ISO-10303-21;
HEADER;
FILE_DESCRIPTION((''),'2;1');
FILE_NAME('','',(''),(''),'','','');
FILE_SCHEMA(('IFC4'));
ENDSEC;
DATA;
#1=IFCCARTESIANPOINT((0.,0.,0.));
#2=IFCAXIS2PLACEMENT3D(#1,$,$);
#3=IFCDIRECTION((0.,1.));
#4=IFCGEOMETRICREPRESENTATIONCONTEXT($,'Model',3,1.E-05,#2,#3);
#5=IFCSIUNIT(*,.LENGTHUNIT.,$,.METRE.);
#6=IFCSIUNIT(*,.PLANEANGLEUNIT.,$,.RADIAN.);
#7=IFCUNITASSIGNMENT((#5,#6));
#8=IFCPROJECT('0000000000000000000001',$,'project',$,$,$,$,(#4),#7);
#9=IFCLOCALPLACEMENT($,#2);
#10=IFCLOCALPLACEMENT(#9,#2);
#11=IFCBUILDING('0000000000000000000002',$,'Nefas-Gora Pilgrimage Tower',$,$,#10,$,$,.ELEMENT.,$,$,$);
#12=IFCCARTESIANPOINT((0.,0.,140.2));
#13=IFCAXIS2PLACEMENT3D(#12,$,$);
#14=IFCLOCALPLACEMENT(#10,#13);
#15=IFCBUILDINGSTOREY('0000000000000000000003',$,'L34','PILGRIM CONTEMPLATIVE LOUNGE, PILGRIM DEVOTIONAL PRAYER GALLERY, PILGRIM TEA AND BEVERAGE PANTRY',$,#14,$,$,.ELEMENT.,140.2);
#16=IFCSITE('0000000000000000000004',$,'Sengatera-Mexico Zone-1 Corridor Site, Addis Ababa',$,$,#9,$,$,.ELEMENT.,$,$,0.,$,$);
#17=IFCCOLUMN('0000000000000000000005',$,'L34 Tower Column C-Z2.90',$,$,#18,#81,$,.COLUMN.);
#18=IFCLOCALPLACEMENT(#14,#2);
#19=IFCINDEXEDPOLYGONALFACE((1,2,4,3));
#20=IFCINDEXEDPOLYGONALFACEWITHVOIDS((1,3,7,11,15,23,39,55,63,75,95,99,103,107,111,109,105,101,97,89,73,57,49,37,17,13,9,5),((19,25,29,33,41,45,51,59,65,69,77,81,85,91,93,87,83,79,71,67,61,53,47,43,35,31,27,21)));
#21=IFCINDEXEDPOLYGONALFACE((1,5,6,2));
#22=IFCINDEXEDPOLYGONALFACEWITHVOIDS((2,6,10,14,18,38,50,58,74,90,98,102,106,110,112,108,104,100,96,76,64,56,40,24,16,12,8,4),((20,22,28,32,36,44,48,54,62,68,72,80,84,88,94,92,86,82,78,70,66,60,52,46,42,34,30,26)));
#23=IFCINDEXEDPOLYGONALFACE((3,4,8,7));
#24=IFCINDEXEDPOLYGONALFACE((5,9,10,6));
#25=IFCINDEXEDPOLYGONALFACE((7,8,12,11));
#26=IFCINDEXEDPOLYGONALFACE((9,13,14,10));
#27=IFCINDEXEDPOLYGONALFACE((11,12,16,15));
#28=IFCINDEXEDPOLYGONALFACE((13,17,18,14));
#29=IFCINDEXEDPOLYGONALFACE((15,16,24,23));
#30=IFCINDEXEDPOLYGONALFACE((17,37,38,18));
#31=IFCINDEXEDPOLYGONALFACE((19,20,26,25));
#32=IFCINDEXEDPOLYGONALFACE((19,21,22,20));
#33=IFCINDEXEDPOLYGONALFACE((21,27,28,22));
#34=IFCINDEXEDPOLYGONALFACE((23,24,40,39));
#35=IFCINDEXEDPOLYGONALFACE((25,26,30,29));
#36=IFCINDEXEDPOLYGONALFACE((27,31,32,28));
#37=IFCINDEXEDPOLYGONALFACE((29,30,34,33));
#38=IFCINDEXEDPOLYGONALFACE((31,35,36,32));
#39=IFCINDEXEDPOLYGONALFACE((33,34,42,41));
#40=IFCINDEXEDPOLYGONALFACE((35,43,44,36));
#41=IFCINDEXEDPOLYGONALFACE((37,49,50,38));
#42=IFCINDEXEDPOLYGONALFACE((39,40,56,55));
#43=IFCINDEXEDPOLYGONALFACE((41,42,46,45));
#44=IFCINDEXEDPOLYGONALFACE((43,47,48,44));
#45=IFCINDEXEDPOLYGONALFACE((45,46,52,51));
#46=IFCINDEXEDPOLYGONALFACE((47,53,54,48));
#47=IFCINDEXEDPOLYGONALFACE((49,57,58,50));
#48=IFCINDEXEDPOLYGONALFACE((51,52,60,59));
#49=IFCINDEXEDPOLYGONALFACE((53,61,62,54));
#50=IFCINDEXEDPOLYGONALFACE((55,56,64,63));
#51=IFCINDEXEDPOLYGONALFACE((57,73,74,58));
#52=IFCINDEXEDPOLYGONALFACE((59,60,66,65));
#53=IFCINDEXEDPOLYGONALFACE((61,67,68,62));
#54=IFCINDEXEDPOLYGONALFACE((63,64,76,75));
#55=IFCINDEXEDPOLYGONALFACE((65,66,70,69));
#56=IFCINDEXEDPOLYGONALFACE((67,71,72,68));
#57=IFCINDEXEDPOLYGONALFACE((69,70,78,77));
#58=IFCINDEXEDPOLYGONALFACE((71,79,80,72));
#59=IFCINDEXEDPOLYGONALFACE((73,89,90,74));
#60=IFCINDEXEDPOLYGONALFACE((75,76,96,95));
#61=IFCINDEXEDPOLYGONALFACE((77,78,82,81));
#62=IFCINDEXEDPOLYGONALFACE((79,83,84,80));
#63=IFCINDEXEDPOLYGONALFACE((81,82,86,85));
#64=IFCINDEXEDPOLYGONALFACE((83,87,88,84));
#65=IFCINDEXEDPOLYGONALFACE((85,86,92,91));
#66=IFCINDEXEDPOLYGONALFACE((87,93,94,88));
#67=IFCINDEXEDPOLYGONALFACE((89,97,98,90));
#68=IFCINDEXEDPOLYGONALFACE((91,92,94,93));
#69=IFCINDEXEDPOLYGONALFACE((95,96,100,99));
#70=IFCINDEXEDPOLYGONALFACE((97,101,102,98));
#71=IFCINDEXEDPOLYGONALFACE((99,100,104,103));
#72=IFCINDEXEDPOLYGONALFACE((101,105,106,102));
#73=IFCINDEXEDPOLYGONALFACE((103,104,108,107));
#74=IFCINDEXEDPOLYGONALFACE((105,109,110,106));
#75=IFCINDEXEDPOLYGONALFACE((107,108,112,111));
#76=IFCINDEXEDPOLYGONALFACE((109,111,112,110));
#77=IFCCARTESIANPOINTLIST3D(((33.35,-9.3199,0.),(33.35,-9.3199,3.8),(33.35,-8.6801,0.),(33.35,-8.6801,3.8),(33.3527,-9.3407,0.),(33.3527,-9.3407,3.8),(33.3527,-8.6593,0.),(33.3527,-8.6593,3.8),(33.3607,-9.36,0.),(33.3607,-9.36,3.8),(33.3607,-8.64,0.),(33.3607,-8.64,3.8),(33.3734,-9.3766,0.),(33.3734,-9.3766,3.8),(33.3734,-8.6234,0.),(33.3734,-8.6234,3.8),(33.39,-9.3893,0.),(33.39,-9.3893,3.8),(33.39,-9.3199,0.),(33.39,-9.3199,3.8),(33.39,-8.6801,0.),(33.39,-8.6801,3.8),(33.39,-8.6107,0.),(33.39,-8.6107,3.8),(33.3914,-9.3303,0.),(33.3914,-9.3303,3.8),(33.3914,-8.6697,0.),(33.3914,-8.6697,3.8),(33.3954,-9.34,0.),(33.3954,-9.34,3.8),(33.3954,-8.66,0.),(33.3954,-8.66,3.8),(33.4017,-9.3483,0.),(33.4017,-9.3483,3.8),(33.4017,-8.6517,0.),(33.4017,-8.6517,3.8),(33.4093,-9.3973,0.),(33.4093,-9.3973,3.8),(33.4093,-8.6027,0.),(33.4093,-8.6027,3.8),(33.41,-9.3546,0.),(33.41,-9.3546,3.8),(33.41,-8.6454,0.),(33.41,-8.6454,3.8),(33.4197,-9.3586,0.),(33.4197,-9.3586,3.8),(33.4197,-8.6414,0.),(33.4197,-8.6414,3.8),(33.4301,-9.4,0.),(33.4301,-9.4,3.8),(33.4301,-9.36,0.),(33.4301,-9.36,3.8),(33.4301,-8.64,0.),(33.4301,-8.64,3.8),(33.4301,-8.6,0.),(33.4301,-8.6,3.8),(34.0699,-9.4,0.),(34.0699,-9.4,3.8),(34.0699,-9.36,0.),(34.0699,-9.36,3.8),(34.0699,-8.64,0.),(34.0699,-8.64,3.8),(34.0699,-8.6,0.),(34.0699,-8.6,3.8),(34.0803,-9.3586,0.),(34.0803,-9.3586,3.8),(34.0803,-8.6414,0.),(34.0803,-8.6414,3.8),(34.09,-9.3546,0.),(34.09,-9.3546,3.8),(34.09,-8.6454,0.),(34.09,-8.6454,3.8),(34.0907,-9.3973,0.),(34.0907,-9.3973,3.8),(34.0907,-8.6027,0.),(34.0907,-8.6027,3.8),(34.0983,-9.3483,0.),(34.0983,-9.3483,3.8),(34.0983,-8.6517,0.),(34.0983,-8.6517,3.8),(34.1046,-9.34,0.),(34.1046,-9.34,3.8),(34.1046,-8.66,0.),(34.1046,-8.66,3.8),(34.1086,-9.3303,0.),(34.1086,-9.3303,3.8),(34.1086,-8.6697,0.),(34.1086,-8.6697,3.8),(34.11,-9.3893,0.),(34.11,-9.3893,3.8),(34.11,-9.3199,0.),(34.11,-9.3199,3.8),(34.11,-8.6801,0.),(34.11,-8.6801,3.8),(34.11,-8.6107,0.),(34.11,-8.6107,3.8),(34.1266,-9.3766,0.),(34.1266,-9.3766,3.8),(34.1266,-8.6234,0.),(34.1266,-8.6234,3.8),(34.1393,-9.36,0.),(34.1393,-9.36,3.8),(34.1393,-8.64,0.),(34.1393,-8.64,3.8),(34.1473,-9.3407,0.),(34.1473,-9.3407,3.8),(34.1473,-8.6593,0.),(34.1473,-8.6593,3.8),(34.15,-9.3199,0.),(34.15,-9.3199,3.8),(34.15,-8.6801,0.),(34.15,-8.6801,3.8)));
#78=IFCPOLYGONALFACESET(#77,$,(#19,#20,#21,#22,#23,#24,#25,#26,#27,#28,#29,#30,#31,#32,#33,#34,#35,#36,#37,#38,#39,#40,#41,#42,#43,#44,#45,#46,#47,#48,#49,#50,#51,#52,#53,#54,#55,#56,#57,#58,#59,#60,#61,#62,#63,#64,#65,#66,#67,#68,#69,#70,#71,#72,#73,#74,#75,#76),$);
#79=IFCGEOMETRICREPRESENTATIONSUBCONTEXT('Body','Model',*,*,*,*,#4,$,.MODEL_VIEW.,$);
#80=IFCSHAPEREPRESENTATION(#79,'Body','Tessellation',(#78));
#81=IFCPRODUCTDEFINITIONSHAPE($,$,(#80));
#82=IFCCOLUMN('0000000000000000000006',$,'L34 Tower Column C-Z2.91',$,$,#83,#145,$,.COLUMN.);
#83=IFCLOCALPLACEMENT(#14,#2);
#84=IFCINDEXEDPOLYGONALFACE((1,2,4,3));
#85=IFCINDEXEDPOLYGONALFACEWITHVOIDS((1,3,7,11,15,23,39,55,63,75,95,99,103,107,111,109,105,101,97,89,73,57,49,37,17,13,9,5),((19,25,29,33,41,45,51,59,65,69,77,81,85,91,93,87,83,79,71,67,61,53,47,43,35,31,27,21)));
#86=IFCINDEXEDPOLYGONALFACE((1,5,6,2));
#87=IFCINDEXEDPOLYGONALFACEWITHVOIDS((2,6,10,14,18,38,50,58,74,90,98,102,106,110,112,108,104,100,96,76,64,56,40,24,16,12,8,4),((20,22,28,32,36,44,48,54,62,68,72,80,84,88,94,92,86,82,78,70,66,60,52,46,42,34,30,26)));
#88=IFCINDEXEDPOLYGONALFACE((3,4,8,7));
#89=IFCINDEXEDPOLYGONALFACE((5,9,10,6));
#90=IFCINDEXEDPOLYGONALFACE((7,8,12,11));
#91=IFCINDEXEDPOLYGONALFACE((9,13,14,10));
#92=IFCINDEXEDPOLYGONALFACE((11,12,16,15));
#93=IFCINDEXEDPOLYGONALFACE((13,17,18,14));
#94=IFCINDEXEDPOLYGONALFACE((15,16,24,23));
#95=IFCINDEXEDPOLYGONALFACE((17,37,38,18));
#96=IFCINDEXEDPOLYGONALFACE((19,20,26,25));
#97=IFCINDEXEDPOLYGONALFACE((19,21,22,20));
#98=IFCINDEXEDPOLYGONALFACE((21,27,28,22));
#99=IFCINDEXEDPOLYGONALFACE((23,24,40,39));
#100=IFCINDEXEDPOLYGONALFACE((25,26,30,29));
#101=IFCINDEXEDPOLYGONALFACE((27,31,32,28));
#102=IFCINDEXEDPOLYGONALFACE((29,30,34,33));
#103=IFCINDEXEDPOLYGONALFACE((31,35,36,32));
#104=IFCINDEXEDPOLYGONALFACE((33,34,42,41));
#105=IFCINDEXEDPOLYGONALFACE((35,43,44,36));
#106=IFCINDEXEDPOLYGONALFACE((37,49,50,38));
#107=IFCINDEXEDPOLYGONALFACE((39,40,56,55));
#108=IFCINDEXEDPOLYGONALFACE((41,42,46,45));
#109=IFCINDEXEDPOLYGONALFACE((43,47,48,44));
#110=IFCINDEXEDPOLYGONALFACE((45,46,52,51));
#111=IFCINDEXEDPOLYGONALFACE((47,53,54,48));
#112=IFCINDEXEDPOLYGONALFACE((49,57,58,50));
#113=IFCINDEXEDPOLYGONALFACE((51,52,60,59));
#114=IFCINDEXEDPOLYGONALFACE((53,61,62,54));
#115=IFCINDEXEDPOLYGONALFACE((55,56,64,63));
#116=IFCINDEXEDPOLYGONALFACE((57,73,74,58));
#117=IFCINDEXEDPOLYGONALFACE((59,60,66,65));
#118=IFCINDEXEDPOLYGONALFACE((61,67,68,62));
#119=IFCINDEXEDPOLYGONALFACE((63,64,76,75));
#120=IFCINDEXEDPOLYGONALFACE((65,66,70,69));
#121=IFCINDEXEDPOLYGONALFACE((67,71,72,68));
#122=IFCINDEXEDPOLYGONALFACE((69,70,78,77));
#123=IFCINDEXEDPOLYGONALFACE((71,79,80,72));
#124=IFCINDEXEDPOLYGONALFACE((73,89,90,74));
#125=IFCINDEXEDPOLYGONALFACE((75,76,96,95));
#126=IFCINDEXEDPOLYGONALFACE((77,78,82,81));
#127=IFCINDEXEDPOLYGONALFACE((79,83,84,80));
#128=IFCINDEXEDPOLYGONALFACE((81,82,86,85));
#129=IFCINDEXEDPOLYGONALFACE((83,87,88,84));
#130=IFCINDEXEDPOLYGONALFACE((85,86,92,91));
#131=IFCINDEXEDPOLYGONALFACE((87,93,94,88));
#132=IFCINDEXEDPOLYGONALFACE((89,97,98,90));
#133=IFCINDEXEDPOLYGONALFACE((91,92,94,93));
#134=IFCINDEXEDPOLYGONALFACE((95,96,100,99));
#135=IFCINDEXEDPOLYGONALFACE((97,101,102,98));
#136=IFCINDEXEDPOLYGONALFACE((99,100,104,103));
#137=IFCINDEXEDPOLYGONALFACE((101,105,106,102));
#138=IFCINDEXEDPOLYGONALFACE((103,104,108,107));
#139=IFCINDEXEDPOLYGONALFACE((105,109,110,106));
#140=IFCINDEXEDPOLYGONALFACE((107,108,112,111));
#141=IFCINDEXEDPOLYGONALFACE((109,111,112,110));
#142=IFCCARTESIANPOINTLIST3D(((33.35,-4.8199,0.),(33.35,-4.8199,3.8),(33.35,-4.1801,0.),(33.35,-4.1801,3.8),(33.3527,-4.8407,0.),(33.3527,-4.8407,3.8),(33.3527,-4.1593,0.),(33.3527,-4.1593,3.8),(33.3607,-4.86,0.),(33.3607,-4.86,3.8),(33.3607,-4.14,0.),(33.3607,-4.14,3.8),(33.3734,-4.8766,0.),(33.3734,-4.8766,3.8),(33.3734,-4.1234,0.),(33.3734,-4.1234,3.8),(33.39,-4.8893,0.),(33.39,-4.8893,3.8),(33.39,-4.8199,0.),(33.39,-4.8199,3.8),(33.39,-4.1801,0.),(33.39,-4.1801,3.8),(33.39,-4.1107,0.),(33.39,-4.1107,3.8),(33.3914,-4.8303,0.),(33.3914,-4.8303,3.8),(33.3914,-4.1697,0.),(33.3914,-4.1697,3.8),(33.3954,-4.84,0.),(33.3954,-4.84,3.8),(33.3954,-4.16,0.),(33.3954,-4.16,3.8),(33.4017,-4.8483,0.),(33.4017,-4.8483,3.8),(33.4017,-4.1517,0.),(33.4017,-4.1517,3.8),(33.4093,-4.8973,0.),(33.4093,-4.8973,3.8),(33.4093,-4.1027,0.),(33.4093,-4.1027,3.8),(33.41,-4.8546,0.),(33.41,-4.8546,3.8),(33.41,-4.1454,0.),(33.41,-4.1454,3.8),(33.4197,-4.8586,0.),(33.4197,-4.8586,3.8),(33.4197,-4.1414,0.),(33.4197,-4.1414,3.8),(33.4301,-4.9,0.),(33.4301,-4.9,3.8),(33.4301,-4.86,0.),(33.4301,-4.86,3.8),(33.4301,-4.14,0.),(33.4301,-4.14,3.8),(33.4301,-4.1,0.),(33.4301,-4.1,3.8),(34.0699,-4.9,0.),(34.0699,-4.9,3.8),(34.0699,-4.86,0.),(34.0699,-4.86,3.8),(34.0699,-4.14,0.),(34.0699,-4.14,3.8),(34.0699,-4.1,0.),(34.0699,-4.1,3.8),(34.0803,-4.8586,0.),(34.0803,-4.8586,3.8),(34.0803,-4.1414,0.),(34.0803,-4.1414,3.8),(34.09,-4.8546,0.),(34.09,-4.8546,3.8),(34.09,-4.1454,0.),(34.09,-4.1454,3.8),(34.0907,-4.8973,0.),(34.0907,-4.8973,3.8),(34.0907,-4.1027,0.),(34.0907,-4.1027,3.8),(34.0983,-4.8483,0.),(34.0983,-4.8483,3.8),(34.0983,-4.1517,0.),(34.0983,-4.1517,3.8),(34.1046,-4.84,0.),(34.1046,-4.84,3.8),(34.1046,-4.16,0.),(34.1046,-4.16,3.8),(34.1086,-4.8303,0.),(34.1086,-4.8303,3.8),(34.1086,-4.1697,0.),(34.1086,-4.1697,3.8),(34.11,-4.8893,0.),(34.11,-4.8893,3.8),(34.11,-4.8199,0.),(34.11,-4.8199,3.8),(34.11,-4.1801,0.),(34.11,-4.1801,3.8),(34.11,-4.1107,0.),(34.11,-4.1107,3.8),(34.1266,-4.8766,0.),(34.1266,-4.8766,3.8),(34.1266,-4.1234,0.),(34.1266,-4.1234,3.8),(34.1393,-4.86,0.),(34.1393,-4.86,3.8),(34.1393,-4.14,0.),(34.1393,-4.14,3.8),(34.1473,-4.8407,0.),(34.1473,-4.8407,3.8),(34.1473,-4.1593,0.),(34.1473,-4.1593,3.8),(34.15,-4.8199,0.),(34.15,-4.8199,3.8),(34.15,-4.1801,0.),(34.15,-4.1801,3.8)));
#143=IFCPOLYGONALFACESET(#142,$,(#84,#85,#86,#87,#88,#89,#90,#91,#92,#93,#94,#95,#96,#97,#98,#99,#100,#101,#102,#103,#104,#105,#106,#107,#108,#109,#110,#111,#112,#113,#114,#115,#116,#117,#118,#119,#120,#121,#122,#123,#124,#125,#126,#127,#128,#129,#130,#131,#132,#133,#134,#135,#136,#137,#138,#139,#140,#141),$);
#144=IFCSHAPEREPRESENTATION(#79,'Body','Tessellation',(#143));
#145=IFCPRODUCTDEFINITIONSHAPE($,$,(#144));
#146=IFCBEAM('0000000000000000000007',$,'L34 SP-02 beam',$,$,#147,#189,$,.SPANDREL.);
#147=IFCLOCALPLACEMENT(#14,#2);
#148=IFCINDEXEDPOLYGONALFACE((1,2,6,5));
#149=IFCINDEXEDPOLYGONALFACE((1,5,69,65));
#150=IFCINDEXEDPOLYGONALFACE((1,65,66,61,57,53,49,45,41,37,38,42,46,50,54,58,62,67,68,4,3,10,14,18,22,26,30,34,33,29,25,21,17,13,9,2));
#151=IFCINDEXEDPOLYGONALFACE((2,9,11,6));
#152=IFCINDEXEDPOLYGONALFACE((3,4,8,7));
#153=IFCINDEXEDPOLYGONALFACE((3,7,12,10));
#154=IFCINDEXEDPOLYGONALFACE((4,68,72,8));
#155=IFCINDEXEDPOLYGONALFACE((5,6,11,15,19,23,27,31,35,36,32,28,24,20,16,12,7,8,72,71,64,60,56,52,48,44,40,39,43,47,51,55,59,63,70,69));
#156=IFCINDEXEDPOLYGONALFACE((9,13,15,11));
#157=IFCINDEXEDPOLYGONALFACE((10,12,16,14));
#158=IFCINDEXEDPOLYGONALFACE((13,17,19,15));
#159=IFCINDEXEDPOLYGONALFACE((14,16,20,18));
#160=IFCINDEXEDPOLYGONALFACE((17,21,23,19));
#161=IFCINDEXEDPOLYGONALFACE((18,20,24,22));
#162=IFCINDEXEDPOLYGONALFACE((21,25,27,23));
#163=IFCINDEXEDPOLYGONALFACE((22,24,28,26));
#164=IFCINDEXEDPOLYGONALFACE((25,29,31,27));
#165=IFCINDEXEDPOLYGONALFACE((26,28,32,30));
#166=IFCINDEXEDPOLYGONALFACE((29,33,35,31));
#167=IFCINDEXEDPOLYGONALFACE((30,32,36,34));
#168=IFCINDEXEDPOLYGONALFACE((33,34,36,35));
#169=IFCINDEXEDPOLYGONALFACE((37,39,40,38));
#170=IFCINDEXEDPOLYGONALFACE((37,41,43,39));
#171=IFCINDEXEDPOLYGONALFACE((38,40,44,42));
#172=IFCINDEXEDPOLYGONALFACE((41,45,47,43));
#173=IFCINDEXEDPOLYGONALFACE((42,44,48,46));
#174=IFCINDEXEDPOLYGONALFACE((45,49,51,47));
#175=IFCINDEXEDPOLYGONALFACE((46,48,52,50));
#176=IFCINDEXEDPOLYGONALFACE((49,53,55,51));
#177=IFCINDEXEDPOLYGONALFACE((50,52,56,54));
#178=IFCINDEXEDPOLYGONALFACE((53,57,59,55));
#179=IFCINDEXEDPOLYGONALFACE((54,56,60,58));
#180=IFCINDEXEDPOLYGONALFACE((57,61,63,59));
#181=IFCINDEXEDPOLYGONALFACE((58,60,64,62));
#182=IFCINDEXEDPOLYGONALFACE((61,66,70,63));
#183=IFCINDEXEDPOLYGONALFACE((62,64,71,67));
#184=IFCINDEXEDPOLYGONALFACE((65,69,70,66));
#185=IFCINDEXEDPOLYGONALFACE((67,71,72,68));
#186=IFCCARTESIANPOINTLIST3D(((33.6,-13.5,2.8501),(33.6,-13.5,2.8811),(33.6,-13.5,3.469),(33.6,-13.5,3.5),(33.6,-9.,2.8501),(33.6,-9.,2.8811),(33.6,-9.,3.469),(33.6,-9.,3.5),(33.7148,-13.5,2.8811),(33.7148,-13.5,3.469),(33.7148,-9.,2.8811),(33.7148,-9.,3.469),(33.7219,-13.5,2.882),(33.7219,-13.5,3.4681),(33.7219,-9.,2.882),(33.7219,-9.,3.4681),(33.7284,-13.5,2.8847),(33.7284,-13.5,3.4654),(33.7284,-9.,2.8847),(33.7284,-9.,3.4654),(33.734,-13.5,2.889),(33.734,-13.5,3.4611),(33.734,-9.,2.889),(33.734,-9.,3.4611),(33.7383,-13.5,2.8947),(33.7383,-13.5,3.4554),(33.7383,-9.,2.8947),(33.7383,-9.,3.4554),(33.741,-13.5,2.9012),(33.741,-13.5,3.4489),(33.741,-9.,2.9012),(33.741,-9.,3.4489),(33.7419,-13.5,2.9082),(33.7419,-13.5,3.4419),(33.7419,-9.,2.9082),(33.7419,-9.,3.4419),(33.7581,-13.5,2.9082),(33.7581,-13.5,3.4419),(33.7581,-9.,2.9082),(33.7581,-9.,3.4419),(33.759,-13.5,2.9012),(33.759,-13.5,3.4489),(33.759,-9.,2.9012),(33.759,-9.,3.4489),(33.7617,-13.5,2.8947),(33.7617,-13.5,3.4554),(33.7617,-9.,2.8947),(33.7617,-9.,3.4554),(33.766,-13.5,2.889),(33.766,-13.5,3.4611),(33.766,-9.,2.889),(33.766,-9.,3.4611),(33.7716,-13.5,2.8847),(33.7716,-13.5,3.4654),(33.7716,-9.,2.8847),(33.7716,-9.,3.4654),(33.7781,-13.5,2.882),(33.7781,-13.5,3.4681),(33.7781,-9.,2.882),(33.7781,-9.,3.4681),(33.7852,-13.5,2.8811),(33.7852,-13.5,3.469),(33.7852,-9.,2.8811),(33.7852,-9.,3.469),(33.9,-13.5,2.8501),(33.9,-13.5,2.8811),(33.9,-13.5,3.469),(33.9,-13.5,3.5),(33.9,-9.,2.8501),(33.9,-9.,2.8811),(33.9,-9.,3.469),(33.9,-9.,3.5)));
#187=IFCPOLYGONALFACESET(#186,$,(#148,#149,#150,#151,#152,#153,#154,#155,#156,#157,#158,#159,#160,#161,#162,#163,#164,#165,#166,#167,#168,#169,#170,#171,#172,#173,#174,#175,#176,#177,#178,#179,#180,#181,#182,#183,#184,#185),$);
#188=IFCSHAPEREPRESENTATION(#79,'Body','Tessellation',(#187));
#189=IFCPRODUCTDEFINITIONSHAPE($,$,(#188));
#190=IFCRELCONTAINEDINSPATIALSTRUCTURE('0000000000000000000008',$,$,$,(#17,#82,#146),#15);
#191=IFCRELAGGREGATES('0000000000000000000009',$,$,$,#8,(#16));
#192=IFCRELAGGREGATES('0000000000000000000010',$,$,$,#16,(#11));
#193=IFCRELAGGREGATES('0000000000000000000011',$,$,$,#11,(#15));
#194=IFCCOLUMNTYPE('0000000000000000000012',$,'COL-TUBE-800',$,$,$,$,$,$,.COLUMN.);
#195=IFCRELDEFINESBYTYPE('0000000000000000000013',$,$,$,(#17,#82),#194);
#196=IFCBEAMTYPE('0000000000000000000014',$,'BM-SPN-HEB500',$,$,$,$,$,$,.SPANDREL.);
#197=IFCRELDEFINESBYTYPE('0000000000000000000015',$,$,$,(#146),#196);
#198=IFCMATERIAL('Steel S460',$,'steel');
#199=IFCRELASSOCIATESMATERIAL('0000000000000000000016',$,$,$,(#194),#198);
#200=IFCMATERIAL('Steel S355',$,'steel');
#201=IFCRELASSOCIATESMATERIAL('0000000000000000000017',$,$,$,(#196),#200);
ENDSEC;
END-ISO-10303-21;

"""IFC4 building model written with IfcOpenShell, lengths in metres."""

from ifc_helpers import new_model, si_unit, direction, frame, origin, origin_2d, place, context, subcontext, project, spatial, hollow_rectangle, i_section, extrude, source, transform, mapped, material, material_profile, profile_set, type_object, element, save


model = new_model("IFC4")

# Units and contexts
model_context = context("Model", 3, precision=1e-05, world=origin(), true_north=direction((0.0, 1.0)))
body_context = subcontext(model_context, "Body", "Model", "MODEL_VIEW")
ifc_project = project(units=[si_unit("LENGTHUNIT", "METRE"), si_unit("PLANEANGLEUNIT", "RADIAN")], contexts=[model_context])

# Site, building, storey
site_placement = place(None, origin())
site = spatial("IfcSite", under=ifc_project, at=site_placement, Name="Sengatera-Mexico Zone-1 Corridor Site, Addis Ababa", CompositionType="ELEMENT", RefElevation=0.0)
building_placement = place(site_placement, origin())
building = spatial("IfcBuilding", under=site, at=building_placement, Name="Nefas-Gora Pilgrimage Tower", CompositionType="ELEMENT")
storey_placement = place(building_placement, frame((0.0, 0.0, 140.2)))
storey = spatial("IfcBuildingStorey", under=building, at=storey_placement, Name="L34", Description="PILGRIM CONTEMPLATIVE LOUNGE, PILGRIM DEVOTIONAL PRAYER GALLERY, PILGRIM TEA AND BEVERAGE PANTRY", CompositionType="ELEMENT", Elevation=140.2)

# Columns
ifc_material_1 = material(Name="Steel S460", Category="steel")
ifc_material_profile_1 = material_profile(ifc_material_1, hollow_rectangle(XDim=0.8, YDim=0.8, WallThickness=0.04, InnerFilletRadius=0.04, OuterFilletRadius=0.0801, at=origin_2d()), Name="BOX 800x800x40")
ifc_profile_set_1 = profile_set([ifc_material_profile_1], Name="Steel S460")
column_type_1 = type_object("IfcColumnType", Name="COL-TUBE-800", PredefinedType="COLUMN", material=ifc_profile_set_1)
shared_shape_1 = source(origin(), body_context, "Body", "SweptSolid", [
    extrude(hollow_rectangle(XDim=0.8, YDim=0.8, WallThickness=0.04, InnerFilletRadius=0.04, OuterFilletRadius=0.0801, at=origin_2d()), origin(), (0.0, 0.0, 1.0), 3.8),
])
for number, where, z_axis, x_axis, name in (
    (1, (33.75, -9.0, 0.0), (0.0, 0.0, 1.0), (1.0, 0.0, 0.0), "L34 Tower Column C-Z2.90"),
    (2, (33.75, -4.5, 0.0), (0.0, 0.0, 1.0), (1.0, 0.0, 0.0), "L34 Tower Column C-Z2.91"),
):
    element("IfcColumn", number, at=place(storey_placement, frame(where, z_axis=z_axis, x_axis=x_axis)), inside=storey, type_object=column_type_1, Name=name, PredefinedType="COLUMN", context=body_context, shape_type="MappedRepresentation", body=[
        mapped(shared_shape_1, transform((0.0, 0.0, 0.0), x_axis=(1.0, 0.0, 0.0), y_axis=(0.0, 1.0, 0.0), z_axis=(0.0, 0.0, 1.0), scale=1.0)),
    ])

# Beam
ifc_material_2 = material(Name="Steel S355", Category="steel")
ifc_material_profile_2 = material_profile(ifc_material_2, i_section(OverallWidth=0.3, OverallDepth=0.6499, WebThickness=0.0161, FlangeThickness=0.031, FilletRadius=0.0271, at=origin_2d()), Name="HEB 650")
ifc_profile_set_2 = profile_set([ifc_material_profile_2], Name="Steel S355")
beam_type_1 = type_object("IfcBeamType", Name="BM-SPN-HEB500", PredefinedType="SPANDREL", material=ifc_profile_set_2)
shared_shape_2 = source(origin(), body_context, "Body", "SweptSolid", [
    extrude(i_section(OverallWidth=0.3, OverallDepth=0.6499, WebThickness=0.0161, FlangeThickness=0.031, FilletRadius=0.0271, at=origin_2d()), origin(), (0.0, 0.0, 1.0), 4.5),
])
for number, where, z_axis, x_axis, name in (
    (3, (33.75, -13.5, 3.175), (0.0, 1.0, 0.0), (-1.0, 0.0, 0.0), "L34 SP-02 beam"),
):
    element("IfcBeam", number, at=place(storey_placement, frame(where, z_axis=z_axis, x_axis=x_axis)), inside=storey, type_object=beam_type_1, Name=name, PredefinedType="SPANDREL", context=body_context, shape_type="MappedRepresentation", body=[
        mapped(shared_shape_2, transform((0.0, 0.0, 0.0), x_axis=(1.0, 0.0, 0.0), y_axis=(0.0, 1.0, 0.0), z_axis=(0.0, 0.0, 1.0), scale=1.0)),
    ])

save(model, "model.ifc")
